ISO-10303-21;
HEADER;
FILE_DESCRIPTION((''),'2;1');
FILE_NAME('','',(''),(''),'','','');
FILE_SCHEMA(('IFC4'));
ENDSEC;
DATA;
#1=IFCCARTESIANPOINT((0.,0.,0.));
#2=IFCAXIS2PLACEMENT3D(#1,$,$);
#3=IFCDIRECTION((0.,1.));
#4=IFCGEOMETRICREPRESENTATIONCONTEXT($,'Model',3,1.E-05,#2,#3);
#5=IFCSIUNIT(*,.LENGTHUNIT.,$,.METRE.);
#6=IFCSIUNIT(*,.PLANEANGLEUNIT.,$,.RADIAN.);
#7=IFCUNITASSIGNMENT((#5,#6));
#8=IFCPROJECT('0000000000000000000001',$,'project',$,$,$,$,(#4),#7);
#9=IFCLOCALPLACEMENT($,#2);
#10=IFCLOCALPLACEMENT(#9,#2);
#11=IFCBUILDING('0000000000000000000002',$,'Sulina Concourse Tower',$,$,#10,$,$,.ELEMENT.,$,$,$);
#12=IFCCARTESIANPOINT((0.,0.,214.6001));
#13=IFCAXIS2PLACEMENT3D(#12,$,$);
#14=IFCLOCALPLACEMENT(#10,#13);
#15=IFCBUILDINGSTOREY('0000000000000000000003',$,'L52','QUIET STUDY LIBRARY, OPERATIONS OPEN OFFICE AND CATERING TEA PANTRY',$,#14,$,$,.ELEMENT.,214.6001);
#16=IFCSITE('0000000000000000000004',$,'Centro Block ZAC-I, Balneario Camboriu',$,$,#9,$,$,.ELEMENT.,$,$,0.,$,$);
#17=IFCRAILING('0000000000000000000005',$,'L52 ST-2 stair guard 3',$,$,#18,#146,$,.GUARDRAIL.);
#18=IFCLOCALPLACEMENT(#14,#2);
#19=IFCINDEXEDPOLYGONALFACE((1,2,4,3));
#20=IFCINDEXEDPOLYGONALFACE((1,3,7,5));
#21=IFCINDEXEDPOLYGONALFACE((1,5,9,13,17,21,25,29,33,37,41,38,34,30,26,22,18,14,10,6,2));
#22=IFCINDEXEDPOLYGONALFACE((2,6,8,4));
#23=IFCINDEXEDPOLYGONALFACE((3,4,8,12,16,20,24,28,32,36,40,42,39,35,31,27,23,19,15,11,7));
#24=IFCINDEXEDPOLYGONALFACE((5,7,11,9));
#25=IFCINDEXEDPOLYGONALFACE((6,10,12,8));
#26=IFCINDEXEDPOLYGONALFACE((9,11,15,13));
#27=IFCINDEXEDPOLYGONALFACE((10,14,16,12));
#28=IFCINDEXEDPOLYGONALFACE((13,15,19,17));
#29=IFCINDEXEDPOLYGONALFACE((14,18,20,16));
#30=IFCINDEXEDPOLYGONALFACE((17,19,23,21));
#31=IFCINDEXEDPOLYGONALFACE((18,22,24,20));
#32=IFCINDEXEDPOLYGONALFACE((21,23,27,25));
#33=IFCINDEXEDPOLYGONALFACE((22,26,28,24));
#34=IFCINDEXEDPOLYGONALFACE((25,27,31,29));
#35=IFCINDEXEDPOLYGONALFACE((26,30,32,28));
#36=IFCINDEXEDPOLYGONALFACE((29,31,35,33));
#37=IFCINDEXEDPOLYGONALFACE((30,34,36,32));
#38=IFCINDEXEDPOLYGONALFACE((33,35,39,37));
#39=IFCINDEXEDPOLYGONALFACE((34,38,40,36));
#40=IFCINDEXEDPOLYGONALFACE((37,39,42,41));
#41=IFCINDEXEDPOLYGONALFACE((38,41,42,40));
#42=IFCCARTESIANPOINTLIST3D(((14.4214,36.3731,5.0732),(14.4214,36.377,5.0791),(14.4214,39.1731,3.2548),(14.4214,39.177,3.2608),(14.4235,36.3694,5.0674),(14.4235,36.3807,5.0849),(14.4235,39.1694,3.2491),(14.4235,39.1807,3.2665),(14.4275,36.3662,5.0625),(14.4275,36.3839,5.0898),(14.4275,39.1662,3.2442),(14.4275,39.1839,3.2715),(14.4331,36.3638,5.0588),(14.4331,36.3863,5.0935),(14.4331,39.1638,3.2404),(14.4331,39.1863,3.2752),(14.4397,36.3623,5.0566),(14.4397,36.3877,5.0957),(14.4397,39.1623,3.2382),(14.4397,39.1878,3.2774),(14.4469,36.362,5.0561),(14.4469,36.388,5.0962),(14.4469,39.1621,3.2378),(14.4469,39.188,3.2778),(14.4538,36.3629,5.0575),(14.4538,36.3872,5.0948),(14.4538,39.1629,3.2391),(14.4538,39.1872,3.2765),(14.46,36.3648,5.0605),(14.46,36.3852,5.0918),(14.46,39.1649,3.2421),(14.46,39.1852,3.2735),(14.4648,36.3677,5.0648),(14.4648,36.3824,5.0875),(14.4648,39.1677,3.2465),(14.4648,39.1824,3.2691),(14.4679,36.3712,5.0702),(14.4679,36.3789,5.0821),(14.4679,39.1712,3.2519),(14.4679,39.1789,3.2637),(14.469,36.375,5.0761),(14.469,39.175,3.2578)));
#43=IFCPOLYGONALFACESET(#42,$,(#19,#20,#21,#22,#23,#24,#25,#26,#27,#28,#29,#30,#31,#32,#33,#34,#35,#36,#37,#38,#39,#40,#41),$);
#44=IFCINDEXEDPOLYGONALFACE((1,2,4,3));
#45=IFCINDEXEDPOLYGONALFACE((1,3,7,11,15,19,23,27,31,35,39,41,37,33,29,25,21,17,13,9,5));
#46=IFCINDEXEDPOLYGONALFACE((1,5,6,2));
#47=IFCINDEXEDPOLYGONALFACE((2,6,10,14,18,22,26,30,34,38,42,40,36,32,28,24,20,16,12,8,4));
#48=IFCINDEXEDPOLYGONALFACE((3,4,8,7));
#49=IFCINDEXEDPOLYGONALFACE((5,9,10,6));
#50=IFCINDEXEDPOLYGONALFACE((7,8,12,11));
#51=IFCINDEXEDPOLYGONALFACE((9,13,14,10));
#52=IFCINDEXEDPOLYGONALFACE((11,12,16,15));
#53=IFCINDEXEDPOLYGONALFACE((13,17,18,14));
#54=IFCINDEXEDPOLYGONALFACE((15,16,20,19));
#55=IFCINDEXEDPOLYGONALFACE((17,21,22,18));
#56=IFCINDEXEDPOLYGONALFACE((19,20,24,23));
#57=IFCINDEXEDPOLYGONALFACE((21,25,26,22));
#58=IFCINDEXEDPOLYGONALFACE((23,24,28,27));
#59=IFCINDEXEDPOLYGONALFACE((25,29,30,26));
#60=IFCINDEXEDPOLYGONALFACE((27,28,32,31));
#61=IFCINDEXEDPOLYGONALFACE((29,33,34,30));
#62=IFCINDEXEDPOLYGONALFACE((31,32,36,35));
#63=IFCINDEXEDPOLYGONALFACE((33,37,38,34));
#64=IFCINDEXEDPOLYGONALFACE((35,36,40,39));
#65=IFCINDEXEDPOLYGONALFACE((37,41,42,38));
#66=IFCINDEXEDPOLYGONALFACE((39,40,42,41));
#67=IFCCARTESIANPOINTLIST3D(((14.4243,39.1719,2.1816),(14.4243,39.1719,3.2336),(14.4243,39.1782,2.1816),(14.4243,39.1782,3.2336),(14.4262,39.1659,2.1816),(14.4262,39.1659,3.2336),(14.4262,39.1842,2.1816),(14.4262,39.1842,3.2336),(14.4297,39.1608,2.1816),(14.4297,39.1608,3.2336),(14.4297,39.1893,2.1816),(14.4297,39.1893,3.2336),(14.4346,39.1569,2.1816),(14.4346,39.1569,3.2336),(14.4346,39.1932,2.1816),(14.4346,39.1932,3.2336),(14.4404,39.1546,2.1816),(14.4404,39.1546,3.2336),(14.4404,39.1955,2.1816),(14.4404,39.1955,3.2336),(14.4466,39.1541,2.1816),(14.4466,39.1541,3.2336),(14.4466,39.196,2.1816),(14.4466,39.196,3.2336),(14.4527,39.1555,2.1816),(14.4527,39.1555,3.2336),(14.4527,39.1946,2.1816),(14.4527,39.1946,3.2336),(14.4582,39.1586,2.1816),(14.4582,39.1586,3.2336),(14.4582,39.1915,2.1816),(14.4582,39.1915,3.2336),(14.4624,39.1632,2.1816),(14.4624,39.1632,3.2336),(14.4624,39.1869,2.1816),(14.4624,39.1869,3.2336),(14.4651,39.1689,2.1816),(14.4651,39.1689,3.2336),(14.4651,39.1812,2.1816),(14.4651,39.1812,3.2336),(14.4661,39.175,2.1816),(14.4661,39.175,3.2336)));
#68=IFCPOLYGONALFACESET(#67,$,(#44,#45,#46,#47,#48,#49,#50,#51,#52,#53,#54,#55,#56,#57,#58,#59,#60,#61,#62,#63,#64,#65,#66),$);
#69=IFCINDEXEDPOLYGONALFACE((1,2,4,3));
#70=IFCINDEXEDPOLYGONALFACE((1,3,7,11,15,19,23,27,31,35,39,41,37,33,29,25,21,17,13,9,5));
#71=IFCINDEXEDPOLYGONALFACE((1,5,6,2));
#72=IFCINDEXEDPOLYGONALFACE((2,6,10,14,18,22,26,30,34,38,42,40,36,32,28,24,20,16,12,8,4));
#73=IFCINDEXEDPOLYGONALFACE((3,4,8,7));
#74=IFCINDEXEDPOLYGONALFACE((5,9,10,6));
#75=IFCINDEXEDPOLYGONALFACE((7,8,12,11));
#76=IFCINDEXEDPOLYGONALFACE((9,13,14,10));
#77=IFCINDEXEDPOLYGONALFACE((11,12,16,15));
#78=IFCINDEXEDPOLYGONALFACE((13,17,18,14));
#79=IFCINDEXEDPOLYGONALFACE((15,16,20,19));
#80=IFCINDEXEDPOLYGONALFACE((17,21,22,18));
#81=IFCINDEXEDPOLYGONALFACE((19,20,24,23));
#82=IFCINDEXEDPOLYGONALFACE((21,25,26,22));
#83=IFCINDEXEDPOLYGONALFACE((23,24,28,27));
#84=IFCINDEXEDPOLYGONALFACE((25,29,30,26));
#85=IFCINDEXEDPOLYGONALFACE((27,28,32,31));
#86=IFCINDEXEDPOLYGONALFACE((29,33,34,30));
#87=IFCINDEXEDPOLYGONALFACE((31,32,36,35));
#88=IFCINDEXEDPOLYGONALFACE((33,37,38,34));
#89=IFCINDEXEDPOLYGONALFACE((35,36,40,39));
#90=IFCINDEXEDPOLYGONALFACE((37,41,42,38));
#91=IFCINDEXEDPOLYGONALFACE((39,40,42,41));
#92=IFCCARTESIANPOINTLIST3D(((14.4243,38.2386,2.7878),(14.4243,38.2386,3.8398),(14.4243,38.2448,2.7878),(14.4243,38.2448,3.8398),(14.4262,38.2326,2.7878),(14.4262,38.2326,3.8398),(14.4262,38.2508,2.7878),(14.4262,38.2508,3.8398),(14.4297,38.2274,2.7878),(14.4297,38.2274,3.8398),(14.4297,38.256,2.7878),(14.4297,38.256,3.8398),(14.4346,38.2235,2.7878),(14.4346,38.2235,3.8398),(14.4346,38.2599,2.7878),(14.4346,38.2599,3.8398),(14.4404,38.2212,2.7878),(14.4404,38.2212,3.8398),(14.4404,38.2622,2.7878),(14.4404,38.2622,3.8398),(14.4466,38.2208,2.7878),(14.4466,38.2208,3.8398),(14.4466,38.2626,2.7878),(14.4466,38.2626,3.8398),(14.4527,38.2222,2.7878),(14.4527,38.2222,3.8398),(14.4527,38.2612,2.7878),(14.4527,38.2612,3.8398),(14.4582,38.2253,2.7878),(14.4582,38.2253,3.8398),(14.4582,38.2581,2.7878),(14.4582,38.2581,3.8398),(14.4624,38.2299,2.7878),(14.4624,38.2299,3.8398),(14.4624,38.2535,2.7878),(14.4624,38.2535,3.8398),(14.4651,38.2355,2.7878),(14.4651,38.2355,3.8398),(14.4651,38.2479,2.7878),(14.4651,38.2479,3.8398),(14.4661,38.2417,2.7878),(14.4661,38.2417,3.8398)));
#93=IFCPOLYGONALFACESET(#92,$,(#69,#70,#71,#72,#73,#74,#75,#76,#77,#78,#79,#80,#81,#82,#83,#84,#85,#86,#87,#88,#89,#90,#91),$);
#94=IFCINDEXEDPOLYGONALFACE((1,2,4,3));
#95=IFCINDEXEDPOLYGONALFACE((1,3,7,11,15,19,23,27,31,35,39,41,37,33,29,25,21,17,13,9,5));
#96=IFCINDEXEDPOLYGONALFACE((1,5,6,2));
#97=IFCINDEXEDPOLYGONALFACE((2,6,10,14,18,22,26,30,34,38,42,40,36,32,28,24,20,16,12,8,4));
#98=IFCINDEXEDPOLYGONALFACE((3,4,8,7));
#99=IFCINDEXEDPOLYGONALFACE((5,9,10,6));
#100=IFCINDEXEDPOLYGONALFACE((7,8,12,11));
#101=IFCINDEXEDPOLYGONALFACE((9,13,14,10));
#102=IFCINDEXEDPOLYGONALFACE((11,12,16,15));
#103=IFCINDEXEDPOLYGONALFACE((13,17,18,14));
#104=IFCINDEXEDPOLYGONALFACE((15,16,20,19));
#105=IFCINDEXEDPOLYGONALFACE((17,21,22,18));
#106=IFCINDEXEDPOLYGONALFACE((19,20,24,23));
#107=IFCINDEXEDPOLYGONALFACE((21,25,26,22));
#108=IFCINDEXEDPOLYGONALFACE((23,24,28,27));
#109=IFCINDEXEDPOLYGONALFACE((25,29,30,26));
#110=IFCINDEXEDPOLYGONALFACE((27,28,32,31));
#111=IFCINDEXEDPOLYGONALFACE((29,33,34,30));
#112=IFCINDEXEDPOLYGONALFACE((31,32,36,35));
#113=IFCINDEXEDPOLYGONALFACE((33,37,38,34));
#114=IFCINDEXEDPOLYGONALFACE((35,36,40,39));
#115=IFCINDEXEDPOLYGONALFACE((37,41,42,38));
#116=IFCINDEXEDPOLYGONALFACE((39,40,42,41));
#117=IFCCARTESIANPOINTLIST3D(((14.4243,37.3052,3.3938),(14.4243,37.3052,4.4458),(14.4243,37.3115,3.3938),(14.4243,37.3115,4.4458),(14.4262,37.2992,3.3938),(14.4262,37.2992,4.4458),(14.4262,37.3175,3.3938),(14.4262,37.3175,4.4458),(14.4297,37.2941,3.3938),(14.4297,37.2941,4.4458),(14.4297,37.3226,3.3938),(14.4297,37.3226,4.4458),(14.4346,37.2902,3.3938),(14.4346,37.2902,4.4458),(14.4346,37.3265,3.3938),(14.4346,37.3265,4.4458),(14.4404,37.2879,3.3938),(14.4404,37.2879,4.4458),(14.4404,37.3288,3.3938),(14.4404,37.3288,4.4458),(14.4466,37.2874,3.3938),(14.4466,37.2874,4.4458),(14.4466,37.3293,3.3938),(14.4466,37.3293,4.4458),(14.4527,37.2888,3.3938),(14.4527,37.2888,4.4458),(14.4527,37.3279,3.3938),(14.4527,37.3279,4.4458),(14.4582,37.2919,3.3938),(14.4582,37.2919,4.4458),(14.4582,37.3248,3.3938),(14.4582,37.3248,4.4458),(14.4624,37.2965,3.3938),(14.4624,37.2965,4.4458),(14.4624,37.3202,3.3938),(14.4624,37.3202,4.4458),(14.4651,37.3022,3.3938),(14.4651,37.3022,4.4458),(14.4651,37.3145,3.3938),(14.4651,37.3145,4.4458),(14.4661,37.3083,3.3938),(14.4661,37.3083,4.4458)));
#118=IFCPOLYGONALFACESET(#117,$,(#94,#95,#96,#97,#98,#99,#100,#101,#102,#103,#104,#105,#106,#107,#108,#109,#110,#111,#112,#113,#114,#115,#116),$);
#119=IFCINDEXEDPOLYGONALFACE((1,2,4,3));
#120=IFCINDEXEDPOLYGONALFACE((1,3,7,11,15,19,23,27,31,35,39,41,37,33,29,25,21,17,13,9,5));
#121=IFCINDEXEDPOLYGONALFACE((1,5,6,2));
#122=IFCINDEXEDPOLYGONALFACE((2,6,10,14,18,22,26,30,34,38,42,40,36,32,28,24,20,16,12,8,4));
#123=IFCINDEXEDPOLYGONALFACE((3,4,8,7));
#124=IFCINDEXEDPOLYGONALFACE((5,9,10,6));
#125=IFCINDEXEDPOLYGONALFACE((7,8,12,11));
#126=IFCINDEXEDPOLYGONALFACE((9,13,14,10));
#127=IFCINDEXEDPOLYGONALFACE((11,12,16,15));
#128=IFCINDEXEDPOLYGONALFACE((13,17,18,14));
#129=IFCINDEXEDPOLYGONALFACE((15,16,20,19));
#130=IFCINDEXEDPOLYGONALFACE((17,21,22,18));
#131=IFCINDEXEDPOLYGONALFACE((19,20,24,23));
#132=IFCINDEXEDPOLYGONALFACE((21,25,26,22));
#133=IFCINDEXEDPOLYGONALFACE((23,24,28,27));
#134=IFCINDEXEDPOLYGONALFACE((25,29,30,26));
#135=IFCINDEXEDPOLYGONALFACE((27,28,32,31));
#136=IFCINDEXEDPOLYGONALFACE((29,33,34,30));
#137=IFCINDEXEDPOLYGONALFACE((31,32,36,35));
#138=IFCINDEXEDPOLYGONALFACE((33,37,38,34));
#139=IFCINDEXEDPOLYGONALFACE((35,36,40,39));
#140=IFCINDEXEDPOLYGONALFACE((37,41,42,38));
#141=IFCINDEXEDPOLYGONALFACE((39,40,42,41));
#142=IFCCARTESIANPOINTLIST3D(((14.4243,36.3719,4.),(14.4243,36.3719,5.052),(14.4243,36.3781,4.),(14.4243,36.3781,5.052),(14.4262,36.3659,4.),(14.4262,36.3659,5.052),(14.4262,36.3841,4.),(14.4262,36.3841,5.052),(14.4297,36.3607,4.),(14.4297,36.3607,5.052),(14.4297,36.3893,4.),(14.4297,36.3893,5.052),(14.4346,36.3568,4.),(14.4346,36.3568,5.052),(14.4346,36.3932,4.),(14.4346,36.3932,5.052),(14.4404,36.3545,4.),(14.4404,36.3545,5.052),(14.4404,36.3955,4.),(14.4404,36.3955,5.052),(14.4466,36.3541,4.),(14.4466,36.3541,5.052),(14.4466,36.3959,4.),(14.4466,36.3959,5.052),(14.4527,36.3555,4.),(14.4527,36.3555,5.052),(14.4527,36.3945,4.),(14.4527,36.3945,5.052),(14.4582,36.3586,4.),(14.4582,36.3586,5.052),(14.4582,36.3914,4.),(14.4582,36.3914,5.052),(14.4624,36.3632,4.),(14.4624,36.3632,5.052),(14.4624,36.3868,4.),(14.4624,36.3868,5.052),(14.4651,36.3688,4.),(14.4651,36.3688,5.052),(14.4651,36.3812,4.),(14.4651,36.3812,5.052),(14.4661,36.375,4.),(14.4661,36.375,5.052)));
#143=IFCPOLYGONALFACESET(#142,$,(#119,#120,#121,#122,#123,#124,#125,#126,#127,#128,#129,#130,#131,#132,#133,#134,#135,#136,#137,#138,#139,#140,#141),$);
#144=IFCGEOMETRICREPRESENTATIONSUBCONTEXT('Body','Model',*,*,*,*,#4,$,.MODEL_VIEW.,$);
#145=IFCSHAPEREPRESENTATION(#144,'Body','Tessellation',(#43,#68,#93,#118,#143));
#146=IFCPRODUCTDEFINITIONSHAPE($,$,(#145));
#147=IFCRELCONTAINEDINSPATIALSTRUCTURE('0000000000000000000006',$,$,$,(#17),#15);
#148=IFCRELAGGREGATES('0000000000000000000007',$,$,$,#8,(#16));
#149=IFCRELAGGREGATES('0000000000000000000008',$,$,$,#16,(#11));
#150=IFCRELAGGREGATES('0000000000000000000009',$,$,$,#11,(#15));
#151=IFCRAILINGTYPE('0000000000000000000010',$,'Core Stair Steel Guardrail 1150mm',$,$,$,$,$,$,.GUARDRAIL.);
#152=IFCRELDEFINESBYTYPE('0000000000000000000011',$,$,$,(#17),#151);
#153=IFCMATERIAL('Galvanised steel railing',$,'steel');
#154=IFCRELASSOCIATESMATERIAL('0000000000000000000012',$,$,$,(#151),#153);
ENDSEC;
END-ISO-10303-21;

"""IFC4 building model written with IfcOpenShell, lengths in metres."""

from ifc_helpers import new_model, si_unit, direction, frame, origin, origin_2d, place, context, subcontext, project, spatial, circle, extrude, material, type_object, element, save


model = new_model("IFC4")

# Units and contexts
model_context = context("Model", 3, precision=1e-05, world=origin(), true_north=direction((0.0, 1.0)))
body_context = subcontext(model_context, "Body", "Model", "MODEL_VIEW")
ifc_project = project(units=[si_unit("LENGTHUNIT", "METRE"), si_unit("PLANEANGLEUNIT", "RADIAN")], contexts=[model_context])

# Site, building, storey
site_placement = place(None, origin())
site = spatial("IfcSite", under=ifc_project, at=site_placement, Name="Centro Block ZAC-I, Balneario Camboriu", CompositionType="ELEMENT", RefElevation=0.0)
building_placement = place(site_placement, origin())
building = spatial("IfcBuilding", under=site, at=building_placement, Name="Sulina Concourse Tower", CompositionType="ELEMENT")
storey_placement = place(building_placement, frame((0.0, 0.0, 214.6001)))
storey = spatial("IfcBuildingStorey", under=building, at=storey_placement, Name="L52", Description="QUIET STUDY LIBRARY, OPERATIONS OPEN OFFICE AND CATERING TEA PANTRY", CompositionType="ELEMENT", Elevation=214.6001)

# Railing
ifc_material_1 = material(Name="Galvanised steel railing", Category="steel")
railing_type_1 = type_object("IfcRailingType", Name="Core Stair Steel Guardrail 1150mm", PredefinedType="GUARDRAIL", material=ifc_material_1)
railing_1_placement = place(storey_placement, frame((14.4451, 39.175, 2.1816)))
element("IfcRailing", 1, at=railing_1_placement, inside=storey, type_object=railing_type_1, Name="L52 ST-2 stair guard 3", PredefinedType="GUARDRAIL", context=body_context, shape_type="SweptSolid", body=[
    extrude(circle(Radius=0.0239, at=origin_2d()), frame((0.0, 0.0, 1.0762), z_axis=(0.0, -0.838672, 0.544636), x_axis=(1.0, 0.0, 0.0)), (0.0, 0.0, 1.0), 3.3386),
    extrude(circle(Radius=0.021, at=origin_2d()), origin(), (0.0, 0.0, 1.0), 1.052),
    extrude(circle(Radius=0.021, at=origin_2d()), frame((0.0, -0.9333, 0.6062)), (0.0, 0.0, 1.0), 1.052),
    extrude(circle(Radius=0.021, at=origin_2d()), frame((0.0, -1.8667, 1.2122)), (0.0, 0.0, 1.0), 1.052),
    extrude(circle(Radius=0.021, at=origin_2d()), frame((0.0, -2.8, 1.8184)), (0.0, 0.0, 1.0), 1.052),
])

save(model, "model.ifc")
